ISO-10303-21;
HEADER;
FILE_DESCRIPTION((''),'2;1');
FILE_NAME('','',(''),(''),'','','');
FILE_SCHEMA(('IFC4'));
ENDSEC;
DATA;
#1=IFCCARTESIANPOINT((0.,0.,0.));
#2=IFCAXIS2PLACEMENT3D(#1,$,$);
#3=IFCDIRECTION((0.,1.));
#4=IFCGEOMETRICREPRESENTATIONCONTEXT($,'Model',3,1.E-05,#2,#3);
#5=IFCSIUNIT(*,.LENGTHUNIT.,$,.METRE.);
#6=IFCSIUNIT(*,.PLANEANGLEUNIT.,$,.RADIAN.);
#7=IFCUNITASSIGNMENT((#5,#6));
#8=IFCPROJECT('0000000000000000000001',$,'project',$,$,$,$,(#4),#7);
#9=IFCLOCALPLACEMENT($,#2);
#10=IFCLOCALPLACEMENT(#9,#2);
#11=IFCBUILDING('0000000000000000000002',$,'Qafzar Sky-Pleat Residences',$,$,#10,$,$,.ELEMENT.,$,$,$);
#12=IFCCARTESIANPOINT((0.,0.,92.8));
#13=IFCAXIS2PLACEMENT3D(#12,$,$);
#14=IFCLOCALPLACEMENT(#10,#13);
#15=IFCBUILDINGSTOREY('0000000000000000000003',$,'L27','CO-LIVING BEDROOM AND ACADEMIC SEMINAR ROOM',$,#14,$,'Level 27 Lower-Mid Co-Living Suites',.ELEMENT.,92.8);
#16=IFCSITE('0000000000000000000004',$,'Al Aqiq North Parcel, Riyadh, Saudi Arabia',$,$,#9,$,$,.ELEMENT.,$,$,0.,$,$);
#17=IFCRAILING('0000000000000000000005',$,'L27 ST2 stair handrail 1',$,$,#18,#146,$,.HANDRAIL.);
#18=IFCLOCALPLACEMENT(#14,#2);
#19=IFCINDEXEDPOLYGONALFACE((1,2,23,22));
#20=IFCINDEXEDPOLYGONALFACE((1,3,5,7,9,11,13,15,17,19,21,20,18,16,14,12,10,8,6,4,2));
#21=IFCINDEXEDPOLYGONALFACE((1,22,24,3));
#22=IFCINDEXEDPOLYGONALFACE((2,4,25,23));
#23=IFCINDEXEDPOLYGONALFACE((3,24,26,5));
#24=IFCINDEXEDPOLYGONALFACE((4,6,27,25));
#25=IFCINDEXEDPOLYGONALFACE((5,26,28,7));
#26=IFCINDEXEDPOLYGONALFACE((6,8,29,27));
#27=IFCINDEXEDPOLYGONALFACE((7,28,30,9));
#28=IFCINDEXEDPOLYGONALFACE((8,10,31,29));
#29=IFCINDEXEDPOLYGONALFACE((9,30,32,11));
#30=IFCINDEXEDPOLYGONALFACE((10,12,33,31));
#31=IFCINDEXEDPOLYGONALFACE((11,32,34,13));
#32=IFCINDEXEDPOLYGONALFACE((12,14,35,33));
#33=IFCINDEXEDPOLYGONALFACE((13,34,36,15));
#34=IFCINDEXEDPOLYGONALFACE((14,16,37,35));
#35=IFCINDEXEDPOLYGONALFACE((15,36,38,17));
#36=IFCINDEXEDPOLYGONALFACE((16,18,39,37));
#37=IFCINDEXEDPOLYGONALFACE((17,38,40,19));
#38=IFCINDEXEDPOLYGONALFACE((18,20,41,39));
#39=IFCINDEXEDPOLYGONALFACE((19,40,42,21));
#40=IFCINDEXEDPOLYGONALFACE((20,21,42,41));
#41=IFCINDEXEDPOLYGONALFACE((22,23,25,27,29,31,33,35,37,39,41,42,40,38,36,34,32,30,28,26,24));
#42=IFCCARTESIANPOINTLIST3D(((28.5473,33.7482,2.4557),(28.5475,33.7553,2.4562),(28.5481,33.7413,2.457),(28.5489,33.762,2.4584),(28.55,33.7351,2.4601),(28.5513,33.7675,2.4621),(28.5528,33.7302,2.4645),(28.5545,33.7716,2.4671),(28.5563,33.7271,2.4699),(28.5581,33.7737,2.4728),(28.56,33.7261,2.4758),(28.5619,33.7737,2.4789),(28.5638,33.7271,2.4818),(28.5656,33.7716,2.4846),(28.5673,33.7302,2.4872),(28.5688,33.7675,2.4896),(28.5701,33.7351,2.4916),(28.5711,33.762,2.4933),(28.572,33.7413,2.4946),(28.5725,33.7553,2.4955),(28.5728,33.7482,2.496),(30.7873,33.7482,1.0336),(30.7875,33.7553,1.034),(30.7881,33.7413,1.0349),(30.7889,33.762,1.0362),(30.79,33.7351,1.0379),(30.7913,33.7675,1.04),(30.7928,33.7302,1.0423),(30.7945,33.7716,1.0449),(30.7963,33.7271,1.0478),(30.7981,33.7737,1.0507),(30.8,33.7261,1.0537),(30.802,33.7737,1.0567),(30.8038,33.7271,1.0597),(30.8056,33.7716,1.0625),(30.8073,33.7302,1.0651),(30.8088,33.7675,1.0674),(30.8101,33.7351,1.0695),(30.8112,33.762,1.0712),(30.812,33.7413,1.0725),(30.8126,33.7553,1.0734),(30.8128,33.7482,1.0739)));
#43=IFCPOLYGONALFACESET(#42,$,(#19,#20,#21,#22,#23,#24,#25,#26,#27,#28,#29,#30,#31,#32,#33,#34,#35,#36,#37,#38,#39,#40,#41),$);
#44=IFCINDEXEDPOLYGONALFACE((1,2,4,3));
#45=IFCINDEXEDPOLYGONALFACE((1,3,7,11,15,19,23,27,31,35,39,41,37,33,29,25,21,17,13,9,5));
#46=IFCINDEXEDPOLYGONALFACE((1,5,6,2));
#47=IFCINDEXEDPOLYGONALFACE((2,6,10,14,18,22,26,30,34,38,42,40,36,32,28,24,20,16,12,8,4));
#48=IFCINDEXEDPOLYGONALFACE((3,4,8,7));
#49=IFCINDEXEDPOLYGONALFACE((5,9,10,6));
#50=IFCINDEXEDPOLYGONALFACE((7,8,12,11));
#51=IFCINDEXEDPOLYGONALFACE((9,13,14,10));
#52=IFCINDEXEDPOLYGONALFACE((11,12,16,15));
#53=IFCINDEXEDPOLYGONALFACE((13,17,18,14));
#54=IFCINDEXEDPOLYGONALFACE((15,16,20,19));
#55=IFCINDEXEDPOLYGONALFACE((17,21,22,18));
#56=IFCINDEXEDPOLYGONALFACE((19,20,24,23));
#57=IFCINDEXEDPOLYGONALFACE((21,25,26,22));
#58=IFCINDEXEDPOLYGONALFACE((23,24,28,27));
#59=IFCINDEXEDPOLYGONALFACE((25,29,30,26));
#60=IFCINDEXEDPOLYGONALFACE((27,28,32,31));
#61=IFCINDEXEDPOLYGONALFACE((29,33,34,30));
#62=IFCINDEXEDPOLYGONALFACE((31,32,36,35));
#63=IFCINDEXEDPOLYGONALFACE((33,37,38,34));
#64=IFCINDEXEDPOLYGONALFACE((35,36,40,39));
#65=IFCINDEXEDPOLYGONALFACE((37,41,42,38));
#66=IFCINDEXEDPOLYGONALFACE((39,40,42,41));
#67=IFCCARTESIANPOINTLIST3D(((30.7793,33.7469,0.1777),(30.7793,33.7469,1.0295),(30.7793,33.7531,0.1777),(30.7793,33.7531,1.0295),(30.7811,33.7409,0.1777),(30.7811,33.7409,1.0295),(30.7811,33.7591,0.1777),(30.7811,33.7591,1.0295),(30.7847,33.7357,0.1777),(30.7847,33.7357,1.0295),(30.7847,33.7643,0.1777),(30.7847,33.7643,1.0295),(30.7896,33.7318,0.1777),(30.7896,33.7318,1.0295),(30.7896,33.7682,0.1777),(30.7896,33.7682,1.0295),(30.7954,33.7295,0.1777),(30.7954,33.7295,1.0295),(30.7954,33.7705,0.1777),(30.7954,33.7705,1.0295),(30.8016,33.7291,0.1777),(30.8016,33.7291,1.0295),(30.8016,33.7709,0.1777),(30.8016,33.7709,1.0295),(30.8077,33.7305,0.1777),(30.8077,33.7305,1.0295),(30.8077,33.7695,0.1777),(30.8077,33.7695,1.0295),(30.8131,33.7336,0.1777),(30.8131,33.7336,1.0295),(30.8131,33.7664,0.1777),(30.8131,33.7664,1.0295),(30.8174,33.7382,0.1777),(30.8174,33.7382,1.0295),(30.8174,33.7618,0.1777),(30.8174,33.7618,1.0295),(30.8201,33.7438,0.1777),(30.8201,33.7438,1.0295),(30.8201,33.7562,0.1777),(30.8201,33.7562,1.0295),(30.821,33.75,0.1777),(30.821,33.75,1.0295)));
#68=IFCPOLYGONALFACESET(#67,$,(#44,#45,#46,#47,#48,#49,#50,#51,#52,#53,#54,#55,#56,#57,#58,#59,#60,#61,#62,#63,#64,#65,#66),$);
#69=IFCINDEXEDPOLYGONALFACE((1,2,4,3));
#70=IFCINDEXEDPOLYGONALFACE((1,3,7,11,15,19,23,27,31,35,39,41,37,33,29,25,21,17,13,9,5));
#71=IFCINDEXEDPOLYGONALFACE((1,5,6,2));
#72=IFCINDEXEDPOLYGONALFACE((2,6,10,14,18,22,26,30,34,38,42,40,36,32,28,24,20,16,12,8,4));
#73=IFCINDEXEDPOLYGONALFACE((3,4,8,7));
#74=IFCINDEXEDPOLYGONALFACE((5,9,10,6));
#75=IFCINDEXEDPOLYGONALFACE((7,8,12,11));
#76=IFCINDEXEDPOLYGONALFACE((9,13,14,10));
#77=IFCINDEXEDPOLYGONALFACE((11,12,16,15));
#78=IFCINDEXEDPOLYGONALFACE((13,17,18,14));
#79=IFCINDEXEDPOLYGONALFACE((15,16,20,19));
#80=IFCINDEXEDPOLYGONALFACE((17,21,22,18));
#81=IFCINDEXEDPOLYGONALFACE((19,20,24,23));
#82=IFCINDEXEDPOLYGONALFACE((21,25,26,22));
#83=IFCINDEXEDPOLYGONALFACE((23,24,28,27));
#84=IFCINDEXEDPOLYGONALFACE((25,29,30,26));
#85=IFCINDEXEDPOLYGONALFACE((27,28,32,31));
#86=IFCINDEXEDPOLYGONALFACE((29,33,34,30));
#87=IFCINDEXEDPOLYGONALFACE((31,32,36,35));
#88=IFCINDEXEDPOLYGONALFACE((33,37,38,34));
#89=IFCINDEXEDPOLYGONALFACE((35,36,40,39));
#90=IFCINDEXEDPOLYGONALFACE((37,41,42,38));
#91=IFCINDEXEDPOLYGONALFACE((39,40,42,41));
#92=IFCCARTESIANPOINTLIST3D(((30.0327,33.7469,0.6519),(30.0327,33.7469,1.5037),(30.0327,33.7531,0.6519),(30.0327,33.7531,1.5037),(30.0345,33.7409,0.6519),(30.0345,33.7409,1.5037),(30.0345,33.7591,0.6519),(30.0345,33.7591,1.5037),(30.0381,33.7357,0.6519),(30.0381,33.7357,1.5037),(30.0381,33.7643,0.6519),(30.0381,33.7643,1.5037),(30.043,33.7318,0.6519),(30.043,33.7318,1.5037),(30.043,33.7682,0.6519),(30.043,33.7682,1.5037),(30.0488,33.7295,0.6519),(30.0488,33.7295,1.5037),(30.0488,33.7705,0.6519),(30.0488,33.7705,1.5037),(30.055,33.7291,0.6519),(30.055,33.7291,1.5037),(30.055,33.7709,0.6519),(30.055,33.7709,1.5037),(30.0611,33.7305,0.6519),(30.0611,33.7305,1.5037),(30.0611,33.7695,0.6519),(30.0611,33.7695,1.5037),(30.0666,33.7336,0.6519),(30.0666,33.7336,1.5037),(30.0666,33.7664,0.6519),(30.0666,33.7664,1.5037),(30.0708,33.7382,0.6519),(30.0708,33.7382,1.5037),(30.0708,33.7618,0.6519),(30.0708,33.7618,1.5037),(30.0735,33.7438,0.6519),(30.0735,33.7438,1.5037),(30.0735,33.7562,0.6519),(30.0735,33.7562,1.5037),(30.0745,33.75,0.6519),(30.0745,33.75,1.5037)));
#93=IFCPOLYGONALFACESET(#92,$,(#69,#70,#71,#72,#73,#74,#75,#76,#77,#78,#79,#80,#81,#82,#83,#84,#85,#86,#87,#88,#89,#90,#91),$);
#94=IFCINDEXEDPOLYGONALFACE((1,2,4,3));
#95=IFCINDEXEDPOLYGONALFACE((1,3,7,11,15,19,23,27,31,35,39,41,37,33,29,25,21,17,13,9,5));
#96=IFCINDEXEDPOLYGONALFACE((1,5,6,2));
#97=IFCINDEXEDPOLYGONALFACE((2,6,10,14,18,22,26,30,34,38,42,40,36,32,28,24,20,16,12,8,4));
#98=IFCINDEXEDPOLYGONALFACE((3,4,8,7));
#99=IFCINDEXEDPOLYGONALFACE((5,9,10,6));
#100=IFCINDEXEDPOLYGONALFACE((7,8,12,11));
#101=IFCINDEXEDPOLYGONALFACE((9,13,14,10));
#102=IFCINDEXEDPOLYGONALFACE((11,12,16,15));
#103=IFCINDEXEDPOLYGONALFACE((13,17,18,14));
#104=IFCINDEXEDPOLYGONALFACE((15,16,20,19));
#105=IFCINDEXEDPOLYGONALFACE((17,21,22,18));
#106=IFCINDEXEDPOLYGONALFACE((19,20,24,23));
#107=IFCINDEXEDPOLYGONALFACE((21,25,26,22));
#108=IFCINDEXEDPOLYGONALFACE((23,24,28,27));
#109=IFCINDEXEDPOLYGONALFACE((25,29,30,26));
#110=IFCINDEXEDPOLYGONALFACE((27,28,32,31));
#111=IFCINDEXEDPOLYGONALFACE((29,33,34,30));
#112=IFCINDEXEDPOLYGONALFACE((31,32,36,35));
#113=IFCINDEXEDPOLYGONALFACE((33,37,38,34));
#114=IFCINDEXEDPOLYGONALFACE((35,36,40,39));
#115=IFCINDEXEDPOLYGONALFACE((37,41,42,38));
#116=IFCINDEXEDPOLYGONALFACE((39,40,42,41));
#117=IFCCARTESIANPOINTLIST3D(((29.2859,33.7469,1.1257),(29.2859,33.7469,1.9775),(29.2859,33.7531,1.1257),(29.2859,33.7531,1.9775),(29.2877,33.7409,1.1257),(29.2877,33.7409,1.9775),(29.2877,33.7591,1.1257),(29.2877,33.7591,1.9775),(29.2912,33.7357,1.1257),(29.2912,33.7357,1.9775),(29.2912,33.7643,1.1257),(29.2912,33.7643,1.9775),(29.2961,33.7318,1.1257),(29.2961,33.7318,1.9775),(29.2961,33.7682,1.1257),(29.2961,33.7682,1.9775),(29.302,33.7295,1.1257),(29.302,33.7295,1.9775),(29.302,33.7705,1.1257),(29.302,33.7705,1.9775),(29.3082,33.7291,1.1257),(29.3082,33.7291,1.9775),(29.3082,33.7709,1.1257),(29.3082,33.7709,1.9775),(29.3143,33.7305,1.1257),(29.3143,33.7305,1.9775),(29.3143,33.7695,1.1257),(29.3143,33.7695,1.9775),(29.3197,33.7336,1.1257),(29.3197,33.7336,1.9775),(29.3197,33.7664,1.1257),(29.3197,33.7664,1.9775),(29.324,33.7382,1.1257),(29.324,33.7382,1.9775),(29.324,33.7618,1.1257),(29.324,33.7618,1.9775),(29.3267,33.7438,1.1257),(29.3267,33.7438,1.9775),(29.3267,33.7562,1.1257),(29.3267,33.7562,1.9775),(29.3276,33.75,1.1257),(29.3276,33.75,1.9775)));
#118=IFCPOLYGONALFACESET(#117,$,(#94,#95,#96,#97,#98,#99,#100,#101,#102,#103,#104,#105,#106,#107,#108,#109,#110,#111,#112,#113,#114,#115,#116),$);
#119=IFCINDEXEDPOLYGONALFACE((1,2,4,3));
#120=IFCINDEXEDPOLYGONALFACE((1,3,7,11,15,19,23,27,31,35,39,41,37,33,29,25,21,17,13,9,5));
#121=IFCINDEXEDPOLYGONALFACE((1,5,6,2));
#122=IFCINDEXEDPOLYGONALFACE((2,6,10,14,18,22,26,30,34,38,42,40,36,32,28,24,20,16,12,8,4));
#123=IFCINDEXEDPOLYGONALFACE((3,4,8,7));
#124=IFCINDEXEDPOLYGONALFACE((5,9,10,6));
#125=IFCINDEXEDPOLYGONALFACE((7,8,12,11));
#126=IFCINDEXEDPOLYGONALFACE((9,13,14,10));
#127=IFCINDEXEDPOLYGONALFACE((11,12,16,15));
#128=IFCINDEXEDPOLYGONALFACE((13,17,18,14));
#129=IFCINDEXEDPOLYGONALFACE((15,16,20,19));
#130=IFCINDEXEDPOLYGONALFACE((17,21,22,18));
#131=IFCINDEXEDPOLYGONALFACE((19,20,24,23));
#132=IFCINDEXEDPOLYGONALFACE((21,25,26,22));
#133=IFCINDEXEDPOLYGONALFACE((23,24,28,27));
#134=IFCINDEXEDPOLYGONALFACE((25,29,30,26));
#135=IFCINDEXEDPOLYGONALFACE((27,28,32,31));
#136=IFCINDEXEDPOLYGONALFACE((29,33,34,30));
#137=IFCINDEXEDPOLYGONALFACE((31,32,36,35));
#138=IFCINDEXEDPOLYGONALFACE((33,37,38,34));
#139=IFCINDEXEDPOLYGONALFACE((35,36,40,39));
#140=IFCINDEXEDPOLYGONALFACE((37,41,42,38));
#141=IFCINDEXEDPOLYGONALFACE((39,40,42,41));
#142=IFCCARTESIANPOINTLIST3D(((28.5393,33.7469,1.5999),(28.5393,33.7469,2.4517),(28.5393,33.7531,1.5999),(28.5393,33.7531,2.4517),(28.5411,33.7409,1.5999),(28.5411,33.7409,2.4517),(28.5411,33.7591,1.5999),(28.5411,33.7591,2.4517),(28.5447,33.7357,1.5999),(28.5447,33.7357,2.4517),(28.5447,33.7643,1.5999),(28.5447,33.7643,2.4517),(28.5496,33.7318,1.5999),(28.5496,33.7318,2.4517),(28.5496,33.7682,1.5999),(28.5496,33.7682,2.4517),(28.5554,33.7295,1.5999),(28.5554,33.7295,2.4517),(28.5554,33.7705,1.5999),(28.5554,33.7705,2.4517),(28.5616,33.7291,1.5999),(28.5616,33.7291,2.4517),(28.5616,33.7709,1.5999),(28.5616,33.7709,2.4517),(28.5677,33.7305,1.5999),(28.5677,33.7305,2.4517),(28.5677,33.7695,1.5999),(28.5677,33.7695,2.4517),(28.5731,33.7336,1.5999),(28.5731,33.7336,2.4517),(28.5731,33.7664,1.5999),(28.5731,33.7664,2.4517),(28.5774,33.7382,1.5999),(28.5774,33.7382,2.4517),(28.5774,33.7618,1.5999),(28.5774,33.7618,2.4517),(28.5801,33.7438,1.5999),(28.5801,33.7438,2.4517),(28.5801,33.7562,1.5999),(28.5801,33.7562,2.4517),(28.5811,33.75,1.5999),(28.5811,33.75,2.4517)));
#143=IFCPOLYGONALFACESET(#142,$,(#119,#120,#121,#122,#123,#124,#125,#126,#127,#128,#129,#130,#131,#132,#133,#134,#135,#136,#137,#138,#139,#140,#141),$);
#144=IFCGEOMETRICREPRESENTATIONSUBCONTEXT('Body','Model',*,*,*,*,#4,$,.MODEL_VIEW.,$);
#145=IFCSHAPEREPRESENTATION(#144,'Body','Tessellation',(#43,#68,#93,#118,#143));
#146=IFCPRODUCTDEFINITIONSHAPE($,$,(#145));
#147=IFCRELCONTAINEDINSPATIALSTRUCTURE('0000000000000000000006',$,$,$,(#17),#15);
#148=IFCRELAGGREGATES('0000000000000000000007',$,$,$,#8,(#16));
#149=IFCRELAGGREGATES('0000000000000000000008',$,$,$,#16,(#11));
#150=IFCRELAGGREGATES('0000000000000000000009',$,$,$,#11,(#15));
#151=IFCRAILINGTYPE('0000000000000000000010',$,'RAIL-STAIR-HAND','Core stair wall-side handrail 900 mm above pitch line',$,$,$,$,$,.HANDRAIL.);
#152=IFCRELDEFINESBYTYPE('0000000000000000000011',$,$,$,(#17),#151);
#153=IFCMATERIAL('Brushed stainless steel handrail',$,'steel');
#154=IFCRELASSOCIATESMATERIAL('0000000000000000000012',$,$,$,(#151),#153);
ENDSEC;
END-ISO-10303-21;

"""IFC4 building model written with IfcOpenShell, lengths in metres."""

from ifc_helpers import new_model, si_unit, direction, frame, origin, origin_2d, place, context, subcontext, project, spatial, circle, extrude, source, transform, mapped, material, type_object, element, save


model = new_model("IFC4")

# Units and contexts
model_context = context("Model", 3, precision=1e-05, world=origin(), true_north=direction((0.0, 1.0)))
body_context = subcontext(model_context, "Body", "Model", "MODEL_VIEW")
ifc_project = project(units=[si_unit("LENGTHUNIT", "METRE"), si_unit("PLANEANGLEUNIT", "RADIAN")], contexts=[model_context])

# Site, building, storey
site_placement = place(None, origin())
site = spatial("IfcSite", under=ifc_project, at=site_placement, Name="Al Aqiq North Parcel, Riyadh, Saudi Arabia", CompositionType="ELEMENT", RefElevation=0.0)
building_placement = place(site_placement, origin())
building = spatial("IfcBuilding", under=site, at=building_placement, Name="Qafzar Sky-Pleat Residences", CompositionType="ELEMENT")
storey_placement = place(building_placement, frame((0.0, 0.0, 92.8)))
storey = spatial("IfcBuildingStorey", under=building, at=storey_placement, Name="L27", Description="CO-LIVING BEDROOM AND ACADEMIC SEMINAR ROOM", LongName="Level 27 Lower-Mid Co-Living Suites", CompositionType="ELEMENT", Elevation=92.8)

# Railing
ifc_material_1 = material(Name="Brushed stainless steel handrail", Category="steel")
railing_type_1 = type_object("IfcRailingType", Name="RAIL-STAIR-HAND", Description="Core stair wall-side handrail 900 mm above pitch line", PredefinedType="HANDRAIL", material=ifc_material_1)
shared_shape_1 = source(origin(), body_context, "Body", "SweptSolid", [
    extrude(circle(Radius=0.0239, at=origin_2d()), frame((0.0, 0.0, 0.876), z_axis=(-0.844229, 0.0, 0.535982), x_axis=(0.0, -1.0, 0.0)), (0.0, 0.0, 1.0), 2.6533),
    extrude(circle(Radius=0.021, at=origin_2d()), origin(), (0.0, 0.0, 1.0), 0.8518),
    extrude(circle(Radius=0.021, at=origin_2d()), frame((-0.7466, 0.0, 0.4741)), (0.0, 0.0, 1.0), 0.8518),
    extrude(circle(Radius=0.021, at=origin_2d()), frame((-1.4934, 0.0, 0.948)), (0.0, 0.0, 1.0), 0.8518),
    extrude(circle(Radius=0.021, at=origin_2d()), frame((-2.24, 0.0, 1.4221)), (0.0, 0.0, 1.0), 0.8518),
])
railing_1_placement = place(storey_placement, frame((30.8, 33.75, 0.1777)))
element("IfcRailing", 1, at=railing_1_placement, inside=storey, type_object=railing_type_1, Name="L27 ST2 stair handrail 1", PredefinedType="HANDRAIL", context=body_context, shape_type="MappedRepresentation", body=[
    mapped(shared_shape_1, transform((0.0, 0.0, 0.0), x_axis=(1.0, 0.0, 0.0), y_axis=(0.0, 1.0, 0.0), z_axis=(0.0, 0.0, 1.0), scale=1.0)),
])

save(model, "model.ifc")
